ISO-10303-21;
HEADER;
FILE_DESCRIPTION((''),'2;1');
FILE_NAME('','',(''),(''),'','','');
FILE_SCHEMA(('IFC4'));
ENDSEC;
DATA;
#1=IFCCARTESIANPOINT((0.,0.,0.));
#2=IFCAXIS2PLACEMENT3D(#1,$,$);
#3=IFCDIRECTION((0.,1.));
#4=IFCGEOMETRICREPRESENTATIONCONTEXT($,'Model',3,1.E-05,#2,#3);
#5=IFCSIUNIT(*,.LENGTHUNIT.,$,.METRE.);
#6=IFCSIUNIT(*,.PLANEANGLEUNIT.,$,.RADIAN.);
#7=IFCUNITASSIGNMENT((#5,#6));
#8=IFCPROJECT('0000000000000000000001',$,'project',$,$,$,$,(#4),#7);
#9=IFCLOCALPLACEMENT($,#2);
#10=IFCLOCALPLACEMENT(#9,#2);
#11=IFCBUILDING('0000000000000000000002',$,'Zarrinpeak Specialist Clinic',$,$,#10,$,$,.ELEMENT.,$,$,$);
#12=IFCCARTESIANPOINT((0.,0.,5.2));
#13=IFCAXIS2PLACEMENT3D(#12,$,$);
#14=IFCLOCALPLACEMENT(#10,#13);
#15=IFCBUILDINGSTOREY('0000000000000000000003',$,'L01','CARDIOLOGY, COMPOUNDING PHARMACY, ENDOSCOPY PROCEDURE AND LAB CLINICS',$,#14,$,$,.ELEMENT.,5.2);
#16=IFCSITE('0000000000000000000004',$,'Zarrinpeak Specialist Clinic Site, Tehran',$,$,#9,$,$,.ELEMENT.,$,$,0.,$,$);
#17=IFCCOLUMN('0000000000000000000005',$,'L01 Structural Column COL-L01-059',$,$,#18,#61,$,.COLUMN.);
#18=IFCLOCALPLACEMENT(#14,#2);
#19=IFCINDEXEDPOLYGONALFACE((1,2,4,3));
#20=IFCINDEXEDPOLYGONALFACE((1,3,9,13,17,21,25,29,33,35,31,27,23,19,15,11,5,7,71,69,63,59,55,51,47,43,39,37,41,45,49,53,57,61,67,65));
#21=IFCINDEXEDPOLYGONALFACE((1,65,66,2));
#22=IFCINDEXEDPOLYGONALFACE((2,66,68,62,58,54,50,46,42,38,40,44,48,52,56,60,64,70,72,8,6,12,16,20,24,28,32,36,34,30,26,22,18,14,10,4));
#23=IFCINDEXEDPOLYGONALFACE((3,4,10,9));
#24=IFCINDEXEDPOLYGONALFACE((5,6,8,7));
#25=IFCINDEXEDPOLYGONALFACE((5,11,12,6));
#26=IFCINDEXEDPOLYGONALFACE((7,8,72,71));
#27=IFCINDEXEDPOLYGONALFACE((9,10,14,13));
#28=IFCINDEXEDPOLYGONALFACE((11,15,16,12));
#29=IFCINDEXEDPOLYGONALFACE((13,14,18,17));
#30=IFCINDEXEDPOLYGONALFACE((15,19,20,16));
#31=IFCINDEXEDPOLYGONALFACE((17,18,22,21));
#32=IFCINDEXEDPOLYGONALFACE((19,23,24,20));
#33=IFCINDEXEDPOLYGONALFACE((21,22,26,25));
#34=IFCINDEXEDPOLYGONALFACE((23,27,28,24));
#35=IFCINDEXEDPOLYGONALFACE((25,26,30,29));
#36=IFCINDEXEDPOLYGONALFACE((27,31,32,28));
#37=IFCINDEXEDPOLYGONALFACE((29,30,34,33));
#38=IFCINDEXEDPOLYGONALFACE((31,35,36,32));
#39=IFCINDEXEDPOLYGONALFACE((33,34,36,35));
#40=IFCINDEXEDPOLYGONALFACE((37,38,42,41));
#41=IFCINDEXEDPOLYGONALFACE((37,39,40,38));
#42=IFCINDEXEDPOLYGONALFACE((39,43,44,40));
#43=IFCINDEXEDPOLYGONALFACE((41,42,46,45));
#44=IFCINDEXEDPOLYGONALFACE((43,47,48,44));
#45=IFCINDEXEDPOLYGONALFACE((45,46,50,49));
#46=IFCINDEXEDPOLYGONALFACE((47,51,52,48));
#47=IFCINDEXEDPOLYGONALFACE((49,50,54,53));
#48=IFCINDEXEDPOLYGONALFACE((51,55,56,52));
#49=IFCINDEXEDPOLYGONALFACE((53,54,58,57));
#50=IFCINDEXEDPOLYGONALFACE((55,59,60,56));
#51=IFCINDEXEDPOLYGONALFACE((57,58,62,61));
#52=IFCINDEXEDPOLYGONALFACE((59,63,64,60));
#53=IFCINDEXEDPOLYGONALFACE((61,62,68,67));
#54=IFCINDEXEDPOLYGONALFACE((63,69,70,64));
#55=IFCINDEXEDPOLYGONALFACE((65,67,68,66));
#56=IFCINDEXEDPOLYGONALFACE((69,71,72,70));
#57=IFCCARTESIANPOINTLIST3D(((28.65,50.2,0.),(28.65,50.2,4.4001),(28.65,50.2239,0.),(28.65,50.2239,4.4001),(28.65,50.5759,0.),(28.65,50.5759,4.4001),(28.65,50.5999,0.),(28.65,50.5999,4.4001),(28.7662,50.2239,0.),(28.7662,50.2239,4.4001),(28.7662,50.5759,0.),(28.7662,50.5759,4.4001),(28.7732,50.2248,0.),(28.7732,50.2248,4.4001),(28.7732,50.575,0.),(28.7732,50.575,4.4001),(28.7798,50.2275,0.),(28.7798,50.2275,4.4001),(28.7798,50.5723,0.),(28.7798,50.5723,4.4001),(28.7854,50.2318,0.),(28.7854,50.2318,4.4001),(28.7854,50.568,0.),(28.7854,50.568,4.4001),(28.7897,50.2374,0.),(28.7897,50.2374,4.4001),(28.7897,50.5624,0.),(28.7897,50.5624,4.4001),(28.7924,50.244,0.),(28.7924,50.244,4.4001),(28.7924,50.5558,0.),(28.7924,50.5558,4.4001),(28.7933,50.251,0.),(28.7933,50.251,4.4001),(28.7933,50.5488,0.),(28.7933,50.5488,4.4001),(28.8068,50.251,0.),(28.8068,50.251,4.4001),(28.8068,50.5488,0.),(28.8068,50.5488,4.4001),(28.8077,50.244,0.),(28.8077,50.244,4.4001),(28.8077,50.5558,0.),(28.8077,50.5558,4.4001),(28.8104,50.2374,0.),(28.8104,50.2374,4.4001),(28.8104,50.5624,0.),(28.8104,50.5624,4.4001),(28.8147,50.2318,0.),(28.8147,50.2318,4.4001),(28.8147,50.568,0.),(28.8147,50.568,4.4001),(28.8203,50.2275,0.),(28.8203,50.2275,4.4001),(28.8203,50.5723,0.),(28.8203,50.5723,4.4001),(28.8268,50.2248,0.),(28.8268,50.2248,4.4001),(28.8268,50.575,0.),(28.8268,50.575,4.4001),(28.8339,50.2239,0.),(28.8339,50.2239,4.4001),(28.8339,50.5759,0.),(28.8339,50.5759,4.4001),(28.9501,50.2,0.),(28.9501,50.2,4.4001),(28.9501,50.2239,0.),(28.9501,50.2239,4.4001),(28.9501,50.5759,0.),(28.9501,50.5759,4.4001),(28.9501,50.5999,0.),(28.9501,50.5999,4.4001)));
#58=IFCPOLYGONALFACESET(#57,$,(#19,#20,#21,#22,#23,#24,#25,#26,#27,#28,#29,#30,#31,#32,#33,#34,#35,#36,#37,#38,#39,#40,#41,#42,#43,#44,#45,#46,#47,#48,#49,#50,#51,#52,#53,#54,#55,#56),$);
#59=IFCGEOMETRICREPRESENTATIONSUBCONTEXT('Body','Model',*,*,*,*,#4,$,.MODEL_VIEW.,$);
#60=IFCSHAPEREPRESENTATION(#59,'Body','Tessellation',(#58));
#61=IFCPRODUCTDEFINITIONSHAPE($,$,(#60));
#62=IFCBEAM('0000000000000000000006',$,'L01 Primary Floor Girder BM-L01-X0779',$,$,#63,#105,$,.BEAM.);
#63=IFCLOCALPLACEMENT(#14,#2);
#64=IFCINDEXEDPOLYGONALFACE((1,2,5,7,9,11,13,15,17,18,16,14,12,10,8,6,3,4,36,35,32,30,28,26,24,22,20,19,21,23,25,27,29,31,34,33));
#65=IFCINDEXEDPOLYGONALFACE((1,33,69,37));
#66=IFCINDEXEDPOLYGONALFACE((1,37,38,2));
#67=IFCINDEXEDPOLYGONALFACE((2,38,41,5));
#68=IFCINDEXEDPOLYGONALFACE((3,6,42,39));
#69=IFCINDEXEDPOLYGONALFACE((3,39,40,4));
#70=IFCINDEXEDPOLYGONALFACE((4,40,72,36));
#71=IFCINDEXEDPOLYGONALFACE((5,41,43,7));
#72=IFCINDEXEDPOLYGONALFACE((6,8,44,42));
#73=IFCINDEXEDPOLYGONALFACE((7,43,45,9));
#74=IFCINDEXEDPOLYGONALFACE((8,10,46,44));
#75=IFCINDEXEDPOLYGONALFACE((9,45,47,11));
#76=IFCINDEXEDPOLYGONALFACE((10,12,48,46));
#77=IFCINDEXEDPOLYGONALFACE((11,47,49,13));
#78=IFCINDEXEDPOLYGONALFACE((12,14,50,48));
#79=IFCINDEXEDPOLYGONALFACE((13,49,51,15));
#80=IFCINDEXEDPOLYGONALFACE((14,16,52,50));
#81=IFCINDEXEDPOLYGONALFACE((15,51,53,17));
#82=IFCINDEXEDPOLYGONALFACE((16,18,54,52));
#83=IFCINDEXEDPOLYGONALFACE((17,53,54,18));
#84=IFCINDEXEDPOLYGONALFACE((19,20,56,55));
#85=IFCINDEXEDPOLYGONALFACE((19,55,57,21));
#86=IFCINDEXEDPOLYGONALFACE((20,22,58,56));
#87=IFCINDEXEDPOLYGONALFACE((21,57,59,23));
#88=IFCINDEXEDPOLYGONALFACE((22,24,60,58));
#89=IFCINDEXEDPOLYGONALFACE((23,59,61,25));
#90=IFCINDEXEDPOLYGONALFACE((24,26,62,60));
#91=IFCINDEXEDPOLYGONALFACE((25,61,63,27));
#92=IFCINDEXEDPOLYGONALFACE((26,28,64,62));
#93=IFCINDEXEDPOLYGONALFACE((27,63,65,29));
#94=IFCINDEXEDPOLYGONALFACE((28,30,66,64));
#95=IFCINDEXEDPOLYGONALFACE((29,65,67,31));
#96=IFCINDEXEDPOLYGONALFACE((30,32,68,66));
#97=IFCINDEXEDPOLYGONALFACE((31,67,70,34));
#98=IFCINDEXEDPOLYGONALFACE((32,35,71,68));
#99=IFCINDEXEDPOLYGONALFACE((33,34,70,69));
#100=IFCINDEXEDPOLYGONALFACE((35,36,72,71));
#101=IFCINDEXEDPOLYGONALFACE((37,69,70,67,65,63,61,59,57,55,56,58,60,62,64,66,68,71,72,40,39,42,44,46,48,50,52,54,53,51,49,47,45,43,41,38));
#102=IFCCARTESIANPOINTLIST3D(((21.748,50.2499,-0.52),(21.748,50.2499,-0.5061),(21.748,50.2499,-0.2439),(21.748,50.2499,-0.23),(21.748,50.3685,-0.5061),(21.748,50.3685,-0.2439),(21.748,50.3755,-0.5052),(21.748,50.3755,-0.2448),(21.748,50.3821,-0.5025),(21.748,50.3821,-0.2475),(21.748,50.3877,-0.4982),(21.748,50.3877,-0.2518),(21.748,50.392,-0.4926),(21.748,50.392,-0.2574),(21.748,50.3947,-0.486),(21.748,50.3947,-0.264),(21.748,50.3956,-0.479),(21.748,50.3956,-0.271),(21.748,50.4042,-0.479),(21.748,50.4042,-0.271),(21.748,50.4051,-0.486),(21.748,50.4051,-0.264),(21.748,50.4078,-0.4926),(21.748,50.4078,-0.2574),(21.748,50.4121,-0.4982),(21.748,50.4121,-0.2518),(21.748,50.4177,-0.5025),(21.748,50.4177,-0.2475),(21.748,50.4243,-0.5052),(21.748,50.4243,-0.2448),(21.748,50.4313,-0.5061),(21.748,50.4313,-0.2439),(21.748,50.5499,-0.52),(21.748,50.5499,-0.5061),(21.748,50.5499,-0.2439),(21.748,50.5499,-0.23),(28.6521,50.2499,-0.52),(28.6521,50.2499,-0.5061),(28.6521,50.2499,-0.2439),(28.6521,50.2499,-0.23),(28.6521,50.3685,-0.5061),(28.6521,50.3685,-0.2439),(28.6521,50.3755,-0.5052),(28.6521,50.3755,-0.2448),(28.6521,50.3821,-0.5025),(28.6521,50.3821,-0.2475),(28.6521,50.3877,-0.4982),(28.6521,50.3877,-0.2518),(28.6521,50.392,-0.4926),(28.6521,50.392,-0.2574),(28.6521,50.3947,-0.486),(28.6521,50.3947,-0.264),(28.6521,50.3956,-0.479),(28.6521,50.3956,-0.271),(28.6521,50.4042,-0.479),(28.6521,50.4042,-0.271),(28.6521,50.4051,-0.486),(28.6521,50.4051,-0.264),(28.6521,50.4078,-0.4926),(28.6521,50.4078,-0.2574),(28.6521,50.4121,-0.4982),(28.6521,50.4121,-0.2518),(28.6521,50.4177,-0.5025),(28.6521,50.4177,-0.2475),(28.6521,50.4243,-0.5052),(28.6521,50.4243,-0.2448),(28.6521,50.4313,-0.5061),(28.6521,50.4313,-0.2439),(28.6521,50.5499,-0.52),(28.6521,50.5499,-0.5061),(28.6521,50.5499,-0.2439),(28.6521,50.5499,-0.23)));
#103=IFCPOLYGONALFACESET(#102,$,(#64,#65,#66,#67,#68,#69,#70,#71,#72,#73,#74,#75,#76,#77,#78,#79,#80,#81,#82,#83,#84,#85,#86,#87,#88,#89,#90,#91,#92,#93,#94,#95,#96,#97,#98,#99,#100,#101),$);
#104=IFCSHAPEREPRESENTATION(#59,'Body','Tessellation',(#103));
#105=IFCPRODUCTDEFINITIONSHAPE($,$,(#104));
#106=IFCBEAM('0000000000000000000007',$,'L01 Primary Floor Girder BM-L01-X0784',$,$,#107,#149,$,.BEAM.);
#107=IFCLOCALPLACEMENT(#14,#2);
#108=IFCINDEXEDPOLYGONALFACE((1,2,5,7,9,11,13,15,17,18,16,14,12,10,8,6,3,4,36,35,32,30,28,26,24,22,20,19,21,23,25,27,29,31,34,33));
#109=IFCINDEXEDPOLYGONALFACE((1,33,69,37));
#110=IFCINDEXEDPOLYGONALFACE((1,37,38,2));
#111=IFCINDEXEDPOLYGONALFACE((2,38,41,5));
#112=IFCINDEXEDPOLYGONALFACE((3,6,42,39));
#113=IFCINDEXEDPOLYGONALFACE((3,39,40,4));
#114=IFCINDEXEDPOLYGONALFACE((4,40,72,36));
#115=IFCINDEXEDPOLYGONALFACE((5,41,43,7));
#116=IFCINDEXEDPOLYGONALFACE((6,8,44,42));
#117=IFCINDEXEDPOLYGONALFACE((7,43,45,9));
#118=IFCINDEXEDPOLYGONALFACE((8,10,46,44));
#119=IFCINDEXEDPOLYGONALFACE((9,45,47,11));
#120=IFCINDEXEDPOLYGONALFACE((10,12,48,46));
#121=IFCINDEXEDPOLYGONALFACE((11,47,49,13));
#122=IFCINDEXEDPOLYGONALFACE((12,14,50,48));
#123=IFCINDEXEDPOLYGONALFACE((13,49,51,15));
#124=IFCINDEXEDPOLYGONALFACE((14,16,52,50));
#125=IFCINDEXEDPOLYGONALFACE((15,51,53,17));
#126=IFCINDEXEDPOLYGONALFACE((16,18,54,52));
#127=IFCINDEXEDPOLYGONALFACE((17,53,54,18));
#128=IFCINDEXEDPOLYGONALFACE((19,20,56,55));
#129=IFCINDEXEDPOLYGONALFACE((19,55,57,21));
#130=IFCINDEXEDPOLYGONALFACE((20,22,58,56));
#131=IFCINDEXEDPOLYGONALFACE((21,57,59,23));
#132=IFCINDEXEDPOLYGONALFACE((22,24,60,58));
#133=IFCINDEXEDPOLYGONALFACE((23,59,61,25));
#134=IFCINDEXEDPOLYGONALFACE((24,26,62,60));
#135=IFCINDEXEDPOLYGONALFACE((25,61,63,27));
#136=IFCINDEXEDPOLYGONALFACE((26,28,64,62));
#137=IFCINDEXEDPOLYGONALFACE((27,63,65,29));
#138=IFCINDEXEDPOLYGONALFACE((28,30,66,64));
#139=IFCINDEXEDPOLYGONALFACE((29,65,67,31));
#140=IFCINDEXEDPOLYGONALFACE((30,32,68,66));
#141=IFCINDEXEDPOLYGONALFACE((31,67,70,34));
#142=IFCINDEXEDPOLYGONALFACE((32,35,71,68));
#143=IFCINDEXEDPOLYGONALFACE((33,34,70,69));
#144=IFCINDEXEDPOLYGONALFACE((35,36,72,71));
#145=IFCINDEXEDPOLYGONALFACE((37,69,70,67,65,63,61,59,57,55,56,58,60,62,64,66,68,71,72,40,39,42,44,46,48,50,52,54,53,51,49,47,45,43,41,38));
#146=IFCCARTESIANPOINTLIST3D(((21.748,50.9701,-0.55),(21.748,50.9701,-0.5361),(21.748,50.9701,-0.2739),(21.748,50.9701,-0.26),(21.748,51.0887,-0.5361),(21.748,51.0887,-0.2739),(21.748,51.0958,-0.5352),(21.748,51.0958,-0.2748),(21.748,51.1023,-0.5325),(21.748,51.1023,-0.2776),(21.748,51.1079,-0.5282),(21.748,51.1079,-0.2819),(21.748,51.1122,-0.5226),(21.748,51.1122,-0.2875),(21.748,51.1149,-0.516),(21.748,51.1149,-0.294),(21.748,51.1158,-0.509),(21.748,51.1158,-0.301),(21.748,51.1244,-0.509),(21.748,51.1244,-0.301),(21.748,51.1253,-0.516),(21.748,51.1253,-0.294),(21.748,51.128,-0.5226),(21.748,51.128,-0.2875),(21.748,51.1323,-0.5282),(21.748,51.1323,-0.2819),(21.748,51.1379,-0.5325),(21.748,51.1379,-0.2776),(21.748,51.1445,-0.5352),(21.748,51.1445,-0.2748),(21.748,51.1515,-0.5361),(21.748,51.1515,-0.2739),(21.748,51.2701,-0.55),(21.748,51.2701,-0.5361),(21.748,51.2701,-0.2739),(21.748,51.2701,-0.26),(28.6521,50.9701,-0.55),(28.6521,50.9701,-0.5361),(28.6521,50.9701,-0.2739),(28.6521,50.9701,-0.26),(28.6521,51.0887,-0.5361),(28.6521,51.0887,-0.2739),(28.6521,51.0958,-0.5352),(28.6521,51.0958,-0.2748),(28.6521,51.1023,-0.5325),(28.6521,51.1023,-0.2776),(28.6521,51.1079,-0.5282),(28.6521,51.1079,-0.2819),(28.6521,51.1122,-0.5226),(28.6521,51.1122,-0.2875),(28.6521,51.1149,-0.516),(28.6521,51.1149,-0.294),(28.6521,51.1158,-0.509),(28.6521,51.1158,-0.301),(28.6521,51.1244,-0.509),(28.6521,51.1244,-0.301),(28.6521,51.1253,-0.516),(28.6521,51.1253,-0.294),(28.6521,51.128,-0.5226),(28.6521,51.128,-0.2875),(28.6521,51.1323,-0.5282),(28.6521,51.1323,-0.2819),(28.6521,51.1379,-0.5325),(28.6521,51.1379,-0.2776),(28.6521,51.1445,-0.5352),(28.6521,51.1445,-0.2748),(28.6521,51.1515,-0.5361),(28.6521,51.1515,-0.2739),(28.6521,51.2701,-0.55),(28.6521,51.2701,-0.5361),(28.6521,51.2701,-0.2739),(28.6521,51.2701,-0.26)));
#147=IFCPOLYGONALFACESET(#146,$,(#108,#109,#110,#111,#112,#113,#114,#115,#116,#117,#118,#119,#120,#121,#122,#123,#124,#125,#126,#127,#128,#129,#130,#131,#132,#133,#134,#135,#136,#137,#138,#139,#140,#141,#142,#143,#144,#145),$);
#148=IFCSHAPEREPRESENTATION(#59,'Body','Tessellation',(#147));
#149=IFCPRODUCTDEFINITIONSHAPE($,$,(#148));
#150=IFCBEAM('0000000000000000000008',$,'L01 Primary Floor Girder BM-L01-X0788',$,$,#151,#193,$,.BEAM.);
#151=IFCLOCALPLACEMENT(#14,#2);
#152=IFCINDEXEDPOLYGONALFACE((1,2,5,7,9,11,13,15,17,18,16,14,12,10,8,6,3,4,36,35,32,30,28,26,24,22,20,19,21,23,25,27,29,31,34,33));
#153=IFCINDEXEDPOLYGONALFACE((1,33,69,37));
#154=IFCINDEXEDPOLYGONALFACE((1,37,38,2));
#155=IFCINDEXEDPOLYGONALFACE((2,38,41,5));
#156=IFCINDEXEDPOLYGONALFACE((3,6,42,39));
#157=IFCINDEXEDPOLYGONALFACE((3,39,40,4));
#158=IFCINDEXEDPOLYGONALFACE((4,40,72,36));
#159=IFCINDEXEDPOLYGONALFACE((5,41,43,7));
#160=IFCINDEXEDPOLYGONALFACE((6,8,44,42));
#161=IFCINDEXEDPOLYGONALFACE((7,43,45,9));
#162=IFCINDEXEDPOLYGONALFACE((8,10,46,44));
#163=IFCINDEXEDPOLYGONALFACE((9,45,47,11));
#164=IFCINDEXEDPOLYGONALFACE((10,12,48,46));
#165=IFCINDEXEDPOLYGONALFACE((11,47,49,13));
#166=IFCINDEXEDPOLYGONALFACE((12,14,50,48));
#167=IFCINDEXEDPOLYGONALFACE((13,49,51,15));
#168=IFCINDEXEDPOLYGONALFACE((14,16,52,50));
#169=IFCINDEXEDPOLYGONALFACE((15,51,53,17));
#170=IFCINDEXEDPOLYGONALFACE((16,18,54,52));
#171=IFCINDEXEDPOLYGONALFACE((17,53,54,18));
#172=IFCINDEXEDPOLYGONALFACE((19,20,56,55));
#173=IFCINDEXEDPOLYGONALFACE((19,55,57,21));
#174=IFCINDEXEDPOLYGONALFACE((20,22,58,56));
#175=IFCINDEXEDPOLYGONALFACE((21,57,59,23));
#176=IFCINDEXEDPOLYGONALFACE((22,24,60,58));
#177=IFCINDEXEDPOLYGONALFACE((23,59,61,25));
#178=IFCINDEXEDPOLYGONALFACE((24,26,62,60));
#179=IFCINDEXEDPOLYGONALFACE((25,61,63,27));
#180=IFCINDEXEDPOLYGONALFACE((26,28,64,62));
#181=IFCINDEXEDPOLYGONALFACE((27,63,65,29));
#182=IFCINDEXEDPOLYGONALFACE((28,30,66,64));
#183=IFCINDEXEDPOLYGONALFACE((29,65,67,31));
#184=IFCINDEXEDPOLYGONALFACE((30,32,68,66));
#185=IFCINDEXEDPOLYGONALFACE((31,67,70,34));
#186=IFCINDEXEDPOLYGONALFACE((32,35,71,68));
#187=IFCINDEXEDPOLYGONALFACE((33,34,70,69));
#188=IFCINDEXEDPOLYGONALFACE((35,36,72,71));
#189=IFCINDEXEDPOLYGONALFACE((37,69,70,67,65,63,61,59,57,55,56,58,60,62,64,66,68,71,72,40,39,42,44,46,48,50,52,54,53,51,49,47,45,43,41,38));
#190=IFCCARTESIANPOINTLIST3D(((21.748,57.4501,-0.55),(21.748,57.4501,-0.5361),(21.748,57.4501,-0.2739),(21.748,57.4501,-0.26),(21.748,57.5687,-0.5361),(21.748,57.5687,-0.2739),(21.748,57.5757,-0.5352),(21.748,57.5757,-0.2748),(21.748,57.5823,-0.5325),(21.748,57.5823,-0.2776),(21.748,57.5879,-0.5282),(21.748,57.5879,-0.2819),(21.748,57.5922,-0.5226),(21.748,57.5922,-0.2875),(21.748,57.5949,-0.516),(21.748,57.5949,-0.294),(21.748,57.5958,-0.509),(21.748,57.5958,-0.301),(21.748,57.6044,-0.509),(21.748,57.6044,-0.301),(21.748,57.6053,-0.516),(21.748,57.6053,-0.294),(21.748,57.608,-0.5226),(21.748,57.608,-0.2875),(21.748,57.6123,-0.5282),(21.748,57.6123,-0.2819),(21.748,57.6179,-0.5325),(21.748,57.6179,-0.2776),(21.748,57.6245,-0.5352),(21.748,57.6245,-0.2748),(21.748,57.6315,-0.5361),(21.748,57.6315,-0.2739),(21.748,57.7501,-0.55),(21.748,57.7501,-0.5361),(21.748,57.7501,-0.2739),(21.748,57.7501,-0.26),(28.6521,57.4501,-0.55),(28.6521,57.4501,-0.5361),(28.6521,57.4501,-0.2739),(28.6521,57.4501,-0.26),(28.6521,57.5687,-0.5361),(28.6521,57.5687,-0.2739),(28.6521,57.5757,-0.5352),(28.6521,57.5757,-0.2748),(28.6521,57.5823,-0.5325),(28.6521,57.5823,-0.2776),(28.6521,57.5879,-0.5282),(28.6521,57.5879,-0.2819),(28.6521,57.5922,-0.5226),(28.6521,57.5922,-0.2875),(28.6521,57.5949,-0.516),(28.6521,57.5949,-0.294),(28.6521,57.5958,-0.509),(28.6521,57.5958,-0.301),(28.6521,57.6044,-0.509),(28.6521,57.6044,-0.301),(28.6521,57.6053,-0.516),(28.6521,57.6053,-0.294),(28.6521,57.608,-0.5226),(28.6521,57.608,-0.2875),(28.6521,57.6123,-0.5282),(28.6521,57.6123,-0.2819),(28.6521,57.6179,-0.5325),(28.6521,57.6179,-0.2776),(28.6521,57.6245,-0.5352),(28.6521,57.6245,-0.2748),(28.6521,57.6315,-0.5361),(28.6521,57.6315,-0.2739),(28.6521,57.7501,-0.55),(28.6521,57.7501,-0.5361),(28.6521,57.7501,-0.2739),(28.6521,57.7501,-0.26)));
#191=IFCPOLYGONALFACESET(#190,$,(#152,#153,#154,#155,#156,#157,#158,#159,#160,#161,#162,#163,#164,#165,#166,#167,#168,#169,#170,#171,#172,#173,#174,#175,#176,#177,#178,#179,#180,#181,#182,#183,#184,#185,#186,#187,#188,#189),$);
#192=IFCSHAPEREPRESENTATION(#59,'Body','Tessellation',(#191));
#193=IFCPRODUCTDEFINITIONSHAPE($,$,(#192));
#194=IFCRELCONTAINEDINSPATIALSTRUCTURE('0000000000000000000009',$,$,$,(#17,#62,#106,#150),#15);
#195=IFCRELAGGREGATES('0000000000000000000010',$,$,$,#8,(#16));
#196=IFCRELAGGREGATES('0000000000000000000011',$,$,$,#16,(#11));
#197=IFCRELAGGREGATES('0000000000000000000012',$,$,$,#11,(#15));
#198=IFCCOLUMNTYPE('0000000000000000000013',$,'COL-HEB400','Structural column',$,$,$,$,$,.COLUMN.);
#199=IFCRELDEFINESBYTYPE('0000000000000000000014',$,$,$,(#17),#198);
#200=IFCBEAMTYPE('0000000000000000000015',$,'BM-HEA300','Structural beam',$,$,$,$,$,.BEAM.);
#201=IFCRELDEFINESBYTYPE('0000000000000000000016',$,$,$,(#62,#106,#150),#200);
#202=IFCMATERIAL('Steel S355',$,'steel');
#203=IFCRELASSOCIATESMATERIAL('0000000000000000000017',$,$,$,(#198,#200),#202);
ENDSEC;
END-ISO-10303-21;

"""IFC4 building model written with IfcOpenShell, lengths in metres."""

from ifc_helpers import new_model, si_unit, direction, frame, origin, origin_2d, place, context, subcontext, project, spatial, i_section, extrude, material, material_profile, profile_set, type_object, element, save


model = new_model("IFC4")

# Units and contexts
model_context = context("Model", 3, precision=1e-05, world=origin(), true_north=direction((0.0, 1.0)))
body_context = subcontext(model_context, "Body", "Model", "MODEL_VIEW")
ifc_project = project(units=[si_unit("LENGTHUNIT", "METRE"), si_unit("PLANEANGLEUNIT", "RADIAN")], contexts=[model_context])

# Site, building, storey
site_placement = place(None, origin())
site = spatial("IfcSite", under=ifc_project, at=site_placement, Name="Zarrinpeak Specialist Clinic Site, Tehran", CompositionType="ELEMENT", RefElevation=0.0)
building_placement = place(site_placement, origin())
building = spatial("IfcBuilding", under=site, at=building_placement, Name="Zarrinpeak Specialist Clinic", CompositionType="ELEMENT")
storey_placement = place(building_placement, frame((0.0, 0.0, 5.2)))
storey = spatial("IfcBuildingStorey", under=building, at=storey_placement, Name="L01", Description="CARDIOLOGY, COMPOUNDING PHARMACY, ENDOSCOPY PROCEDURE AND LAB CLINICS", CompositionType="ELEMENT", Elevation=5.2)

# Column
ifc_material_1 = material(Name="Steel S355", Category="steel")
ifc_material_profile_1 = material_profile(ifc_material_1, i_section(OverallWidth=0.3, OverallDepth=0.3999, WebThickness=0.0134, FlangeThickness=0.0239, FilletRadius=0.0271, at=origin_2d()), Name="HEB 400")
ifc_profile_set_1 = profile_set([ifc_material_profile_1], Name="Steel S355")
column_type_1 = type_object("IfcColumnType", Name="COL-HEB400", Description="Structural column", PredefinedType="COLUMN", material=ifc_profile_set_1)
column_placement = place(storey_placement, frame((28.8, 50.3999, 0.0), z_axis=(0.0, 0.0, 1.0), x_axis=(1.0, 0.0, 0.0)))
element("IfcColumn", 1, at=column_placement, inside=storey, type_object=column_type_1, Name="L01 Structural Column COL-L01-059", PredefinedType="COLUMN", context=body_context, shape_type="SweptSolid", body=[
    extrude(i_section(OverallWidth=0.3, OverallDepth=0.3999, WebThickness=0.0134, FlangeThickness=0.0239, FilletRadius=0.0271, at=origin_2d()), origin(), (0.0, 0.0, 1.0), 4.4001),
])

# Beams
ifc_material_profile_2 = material_profile(ifc_material_1, i_section(OverallWidth=0.3, OverallDepth=0.29, WebThickness=0.0085, FlangeThickness=0.0139, FilletRadius=0.0271, at=origin_2d()), Name="HEA 300")
ifc_profile_set_2 = profile_set([ifc_material_profile_2], Name="Steel S355")
beam_type_1 = type_object("IfcBeamType", Name="BM-HEA300", Description="Structural beam", PredefinedType="BEAM", material=ifc_profile_set_2)
for number, where, z_axis, x_axis, name in (
    (2, (21.748, 50.3999, -0.375), (1.0, 0.0, 0.0), (0.0, 1.0, 0.0), "L01 Primary Floor Girder BM-L01-X0779"),
    (3, (21.748, 51.1201, -0.405), (1.0, 0.0, 0.0), (0.0, 1.0, 0.0), "L01 Primary Floor Girder BM-L01-X0784"),
    (4, (21.748, 57.6001, -0.405), (1.0, 0.0, 0.0), (0.0, 1.0, 0.0), "L01 Primary Floor Girder BM-L01-X0788"),
):
    element("IfcBeam", number, at=place(storey_placement, frame(where, z_axis=z_axis, x_axis=x_axis)), inside=storey, type_object=beam_type_1, Name=name, PredefinedType="BEAM", context=body_context, shape_type="SweptSolid", body=[
        extrude(i_section(OverallWidth=0.3, OverallDepth=0.29, WebThickness=0.0085, FlangeThickness=0.0139, FilletRadius=0.0271, at=origin_2d()), origin(), (0.0, 0.0, 1.0), 6.9041),
    ])

save(model, "model.ifc")
